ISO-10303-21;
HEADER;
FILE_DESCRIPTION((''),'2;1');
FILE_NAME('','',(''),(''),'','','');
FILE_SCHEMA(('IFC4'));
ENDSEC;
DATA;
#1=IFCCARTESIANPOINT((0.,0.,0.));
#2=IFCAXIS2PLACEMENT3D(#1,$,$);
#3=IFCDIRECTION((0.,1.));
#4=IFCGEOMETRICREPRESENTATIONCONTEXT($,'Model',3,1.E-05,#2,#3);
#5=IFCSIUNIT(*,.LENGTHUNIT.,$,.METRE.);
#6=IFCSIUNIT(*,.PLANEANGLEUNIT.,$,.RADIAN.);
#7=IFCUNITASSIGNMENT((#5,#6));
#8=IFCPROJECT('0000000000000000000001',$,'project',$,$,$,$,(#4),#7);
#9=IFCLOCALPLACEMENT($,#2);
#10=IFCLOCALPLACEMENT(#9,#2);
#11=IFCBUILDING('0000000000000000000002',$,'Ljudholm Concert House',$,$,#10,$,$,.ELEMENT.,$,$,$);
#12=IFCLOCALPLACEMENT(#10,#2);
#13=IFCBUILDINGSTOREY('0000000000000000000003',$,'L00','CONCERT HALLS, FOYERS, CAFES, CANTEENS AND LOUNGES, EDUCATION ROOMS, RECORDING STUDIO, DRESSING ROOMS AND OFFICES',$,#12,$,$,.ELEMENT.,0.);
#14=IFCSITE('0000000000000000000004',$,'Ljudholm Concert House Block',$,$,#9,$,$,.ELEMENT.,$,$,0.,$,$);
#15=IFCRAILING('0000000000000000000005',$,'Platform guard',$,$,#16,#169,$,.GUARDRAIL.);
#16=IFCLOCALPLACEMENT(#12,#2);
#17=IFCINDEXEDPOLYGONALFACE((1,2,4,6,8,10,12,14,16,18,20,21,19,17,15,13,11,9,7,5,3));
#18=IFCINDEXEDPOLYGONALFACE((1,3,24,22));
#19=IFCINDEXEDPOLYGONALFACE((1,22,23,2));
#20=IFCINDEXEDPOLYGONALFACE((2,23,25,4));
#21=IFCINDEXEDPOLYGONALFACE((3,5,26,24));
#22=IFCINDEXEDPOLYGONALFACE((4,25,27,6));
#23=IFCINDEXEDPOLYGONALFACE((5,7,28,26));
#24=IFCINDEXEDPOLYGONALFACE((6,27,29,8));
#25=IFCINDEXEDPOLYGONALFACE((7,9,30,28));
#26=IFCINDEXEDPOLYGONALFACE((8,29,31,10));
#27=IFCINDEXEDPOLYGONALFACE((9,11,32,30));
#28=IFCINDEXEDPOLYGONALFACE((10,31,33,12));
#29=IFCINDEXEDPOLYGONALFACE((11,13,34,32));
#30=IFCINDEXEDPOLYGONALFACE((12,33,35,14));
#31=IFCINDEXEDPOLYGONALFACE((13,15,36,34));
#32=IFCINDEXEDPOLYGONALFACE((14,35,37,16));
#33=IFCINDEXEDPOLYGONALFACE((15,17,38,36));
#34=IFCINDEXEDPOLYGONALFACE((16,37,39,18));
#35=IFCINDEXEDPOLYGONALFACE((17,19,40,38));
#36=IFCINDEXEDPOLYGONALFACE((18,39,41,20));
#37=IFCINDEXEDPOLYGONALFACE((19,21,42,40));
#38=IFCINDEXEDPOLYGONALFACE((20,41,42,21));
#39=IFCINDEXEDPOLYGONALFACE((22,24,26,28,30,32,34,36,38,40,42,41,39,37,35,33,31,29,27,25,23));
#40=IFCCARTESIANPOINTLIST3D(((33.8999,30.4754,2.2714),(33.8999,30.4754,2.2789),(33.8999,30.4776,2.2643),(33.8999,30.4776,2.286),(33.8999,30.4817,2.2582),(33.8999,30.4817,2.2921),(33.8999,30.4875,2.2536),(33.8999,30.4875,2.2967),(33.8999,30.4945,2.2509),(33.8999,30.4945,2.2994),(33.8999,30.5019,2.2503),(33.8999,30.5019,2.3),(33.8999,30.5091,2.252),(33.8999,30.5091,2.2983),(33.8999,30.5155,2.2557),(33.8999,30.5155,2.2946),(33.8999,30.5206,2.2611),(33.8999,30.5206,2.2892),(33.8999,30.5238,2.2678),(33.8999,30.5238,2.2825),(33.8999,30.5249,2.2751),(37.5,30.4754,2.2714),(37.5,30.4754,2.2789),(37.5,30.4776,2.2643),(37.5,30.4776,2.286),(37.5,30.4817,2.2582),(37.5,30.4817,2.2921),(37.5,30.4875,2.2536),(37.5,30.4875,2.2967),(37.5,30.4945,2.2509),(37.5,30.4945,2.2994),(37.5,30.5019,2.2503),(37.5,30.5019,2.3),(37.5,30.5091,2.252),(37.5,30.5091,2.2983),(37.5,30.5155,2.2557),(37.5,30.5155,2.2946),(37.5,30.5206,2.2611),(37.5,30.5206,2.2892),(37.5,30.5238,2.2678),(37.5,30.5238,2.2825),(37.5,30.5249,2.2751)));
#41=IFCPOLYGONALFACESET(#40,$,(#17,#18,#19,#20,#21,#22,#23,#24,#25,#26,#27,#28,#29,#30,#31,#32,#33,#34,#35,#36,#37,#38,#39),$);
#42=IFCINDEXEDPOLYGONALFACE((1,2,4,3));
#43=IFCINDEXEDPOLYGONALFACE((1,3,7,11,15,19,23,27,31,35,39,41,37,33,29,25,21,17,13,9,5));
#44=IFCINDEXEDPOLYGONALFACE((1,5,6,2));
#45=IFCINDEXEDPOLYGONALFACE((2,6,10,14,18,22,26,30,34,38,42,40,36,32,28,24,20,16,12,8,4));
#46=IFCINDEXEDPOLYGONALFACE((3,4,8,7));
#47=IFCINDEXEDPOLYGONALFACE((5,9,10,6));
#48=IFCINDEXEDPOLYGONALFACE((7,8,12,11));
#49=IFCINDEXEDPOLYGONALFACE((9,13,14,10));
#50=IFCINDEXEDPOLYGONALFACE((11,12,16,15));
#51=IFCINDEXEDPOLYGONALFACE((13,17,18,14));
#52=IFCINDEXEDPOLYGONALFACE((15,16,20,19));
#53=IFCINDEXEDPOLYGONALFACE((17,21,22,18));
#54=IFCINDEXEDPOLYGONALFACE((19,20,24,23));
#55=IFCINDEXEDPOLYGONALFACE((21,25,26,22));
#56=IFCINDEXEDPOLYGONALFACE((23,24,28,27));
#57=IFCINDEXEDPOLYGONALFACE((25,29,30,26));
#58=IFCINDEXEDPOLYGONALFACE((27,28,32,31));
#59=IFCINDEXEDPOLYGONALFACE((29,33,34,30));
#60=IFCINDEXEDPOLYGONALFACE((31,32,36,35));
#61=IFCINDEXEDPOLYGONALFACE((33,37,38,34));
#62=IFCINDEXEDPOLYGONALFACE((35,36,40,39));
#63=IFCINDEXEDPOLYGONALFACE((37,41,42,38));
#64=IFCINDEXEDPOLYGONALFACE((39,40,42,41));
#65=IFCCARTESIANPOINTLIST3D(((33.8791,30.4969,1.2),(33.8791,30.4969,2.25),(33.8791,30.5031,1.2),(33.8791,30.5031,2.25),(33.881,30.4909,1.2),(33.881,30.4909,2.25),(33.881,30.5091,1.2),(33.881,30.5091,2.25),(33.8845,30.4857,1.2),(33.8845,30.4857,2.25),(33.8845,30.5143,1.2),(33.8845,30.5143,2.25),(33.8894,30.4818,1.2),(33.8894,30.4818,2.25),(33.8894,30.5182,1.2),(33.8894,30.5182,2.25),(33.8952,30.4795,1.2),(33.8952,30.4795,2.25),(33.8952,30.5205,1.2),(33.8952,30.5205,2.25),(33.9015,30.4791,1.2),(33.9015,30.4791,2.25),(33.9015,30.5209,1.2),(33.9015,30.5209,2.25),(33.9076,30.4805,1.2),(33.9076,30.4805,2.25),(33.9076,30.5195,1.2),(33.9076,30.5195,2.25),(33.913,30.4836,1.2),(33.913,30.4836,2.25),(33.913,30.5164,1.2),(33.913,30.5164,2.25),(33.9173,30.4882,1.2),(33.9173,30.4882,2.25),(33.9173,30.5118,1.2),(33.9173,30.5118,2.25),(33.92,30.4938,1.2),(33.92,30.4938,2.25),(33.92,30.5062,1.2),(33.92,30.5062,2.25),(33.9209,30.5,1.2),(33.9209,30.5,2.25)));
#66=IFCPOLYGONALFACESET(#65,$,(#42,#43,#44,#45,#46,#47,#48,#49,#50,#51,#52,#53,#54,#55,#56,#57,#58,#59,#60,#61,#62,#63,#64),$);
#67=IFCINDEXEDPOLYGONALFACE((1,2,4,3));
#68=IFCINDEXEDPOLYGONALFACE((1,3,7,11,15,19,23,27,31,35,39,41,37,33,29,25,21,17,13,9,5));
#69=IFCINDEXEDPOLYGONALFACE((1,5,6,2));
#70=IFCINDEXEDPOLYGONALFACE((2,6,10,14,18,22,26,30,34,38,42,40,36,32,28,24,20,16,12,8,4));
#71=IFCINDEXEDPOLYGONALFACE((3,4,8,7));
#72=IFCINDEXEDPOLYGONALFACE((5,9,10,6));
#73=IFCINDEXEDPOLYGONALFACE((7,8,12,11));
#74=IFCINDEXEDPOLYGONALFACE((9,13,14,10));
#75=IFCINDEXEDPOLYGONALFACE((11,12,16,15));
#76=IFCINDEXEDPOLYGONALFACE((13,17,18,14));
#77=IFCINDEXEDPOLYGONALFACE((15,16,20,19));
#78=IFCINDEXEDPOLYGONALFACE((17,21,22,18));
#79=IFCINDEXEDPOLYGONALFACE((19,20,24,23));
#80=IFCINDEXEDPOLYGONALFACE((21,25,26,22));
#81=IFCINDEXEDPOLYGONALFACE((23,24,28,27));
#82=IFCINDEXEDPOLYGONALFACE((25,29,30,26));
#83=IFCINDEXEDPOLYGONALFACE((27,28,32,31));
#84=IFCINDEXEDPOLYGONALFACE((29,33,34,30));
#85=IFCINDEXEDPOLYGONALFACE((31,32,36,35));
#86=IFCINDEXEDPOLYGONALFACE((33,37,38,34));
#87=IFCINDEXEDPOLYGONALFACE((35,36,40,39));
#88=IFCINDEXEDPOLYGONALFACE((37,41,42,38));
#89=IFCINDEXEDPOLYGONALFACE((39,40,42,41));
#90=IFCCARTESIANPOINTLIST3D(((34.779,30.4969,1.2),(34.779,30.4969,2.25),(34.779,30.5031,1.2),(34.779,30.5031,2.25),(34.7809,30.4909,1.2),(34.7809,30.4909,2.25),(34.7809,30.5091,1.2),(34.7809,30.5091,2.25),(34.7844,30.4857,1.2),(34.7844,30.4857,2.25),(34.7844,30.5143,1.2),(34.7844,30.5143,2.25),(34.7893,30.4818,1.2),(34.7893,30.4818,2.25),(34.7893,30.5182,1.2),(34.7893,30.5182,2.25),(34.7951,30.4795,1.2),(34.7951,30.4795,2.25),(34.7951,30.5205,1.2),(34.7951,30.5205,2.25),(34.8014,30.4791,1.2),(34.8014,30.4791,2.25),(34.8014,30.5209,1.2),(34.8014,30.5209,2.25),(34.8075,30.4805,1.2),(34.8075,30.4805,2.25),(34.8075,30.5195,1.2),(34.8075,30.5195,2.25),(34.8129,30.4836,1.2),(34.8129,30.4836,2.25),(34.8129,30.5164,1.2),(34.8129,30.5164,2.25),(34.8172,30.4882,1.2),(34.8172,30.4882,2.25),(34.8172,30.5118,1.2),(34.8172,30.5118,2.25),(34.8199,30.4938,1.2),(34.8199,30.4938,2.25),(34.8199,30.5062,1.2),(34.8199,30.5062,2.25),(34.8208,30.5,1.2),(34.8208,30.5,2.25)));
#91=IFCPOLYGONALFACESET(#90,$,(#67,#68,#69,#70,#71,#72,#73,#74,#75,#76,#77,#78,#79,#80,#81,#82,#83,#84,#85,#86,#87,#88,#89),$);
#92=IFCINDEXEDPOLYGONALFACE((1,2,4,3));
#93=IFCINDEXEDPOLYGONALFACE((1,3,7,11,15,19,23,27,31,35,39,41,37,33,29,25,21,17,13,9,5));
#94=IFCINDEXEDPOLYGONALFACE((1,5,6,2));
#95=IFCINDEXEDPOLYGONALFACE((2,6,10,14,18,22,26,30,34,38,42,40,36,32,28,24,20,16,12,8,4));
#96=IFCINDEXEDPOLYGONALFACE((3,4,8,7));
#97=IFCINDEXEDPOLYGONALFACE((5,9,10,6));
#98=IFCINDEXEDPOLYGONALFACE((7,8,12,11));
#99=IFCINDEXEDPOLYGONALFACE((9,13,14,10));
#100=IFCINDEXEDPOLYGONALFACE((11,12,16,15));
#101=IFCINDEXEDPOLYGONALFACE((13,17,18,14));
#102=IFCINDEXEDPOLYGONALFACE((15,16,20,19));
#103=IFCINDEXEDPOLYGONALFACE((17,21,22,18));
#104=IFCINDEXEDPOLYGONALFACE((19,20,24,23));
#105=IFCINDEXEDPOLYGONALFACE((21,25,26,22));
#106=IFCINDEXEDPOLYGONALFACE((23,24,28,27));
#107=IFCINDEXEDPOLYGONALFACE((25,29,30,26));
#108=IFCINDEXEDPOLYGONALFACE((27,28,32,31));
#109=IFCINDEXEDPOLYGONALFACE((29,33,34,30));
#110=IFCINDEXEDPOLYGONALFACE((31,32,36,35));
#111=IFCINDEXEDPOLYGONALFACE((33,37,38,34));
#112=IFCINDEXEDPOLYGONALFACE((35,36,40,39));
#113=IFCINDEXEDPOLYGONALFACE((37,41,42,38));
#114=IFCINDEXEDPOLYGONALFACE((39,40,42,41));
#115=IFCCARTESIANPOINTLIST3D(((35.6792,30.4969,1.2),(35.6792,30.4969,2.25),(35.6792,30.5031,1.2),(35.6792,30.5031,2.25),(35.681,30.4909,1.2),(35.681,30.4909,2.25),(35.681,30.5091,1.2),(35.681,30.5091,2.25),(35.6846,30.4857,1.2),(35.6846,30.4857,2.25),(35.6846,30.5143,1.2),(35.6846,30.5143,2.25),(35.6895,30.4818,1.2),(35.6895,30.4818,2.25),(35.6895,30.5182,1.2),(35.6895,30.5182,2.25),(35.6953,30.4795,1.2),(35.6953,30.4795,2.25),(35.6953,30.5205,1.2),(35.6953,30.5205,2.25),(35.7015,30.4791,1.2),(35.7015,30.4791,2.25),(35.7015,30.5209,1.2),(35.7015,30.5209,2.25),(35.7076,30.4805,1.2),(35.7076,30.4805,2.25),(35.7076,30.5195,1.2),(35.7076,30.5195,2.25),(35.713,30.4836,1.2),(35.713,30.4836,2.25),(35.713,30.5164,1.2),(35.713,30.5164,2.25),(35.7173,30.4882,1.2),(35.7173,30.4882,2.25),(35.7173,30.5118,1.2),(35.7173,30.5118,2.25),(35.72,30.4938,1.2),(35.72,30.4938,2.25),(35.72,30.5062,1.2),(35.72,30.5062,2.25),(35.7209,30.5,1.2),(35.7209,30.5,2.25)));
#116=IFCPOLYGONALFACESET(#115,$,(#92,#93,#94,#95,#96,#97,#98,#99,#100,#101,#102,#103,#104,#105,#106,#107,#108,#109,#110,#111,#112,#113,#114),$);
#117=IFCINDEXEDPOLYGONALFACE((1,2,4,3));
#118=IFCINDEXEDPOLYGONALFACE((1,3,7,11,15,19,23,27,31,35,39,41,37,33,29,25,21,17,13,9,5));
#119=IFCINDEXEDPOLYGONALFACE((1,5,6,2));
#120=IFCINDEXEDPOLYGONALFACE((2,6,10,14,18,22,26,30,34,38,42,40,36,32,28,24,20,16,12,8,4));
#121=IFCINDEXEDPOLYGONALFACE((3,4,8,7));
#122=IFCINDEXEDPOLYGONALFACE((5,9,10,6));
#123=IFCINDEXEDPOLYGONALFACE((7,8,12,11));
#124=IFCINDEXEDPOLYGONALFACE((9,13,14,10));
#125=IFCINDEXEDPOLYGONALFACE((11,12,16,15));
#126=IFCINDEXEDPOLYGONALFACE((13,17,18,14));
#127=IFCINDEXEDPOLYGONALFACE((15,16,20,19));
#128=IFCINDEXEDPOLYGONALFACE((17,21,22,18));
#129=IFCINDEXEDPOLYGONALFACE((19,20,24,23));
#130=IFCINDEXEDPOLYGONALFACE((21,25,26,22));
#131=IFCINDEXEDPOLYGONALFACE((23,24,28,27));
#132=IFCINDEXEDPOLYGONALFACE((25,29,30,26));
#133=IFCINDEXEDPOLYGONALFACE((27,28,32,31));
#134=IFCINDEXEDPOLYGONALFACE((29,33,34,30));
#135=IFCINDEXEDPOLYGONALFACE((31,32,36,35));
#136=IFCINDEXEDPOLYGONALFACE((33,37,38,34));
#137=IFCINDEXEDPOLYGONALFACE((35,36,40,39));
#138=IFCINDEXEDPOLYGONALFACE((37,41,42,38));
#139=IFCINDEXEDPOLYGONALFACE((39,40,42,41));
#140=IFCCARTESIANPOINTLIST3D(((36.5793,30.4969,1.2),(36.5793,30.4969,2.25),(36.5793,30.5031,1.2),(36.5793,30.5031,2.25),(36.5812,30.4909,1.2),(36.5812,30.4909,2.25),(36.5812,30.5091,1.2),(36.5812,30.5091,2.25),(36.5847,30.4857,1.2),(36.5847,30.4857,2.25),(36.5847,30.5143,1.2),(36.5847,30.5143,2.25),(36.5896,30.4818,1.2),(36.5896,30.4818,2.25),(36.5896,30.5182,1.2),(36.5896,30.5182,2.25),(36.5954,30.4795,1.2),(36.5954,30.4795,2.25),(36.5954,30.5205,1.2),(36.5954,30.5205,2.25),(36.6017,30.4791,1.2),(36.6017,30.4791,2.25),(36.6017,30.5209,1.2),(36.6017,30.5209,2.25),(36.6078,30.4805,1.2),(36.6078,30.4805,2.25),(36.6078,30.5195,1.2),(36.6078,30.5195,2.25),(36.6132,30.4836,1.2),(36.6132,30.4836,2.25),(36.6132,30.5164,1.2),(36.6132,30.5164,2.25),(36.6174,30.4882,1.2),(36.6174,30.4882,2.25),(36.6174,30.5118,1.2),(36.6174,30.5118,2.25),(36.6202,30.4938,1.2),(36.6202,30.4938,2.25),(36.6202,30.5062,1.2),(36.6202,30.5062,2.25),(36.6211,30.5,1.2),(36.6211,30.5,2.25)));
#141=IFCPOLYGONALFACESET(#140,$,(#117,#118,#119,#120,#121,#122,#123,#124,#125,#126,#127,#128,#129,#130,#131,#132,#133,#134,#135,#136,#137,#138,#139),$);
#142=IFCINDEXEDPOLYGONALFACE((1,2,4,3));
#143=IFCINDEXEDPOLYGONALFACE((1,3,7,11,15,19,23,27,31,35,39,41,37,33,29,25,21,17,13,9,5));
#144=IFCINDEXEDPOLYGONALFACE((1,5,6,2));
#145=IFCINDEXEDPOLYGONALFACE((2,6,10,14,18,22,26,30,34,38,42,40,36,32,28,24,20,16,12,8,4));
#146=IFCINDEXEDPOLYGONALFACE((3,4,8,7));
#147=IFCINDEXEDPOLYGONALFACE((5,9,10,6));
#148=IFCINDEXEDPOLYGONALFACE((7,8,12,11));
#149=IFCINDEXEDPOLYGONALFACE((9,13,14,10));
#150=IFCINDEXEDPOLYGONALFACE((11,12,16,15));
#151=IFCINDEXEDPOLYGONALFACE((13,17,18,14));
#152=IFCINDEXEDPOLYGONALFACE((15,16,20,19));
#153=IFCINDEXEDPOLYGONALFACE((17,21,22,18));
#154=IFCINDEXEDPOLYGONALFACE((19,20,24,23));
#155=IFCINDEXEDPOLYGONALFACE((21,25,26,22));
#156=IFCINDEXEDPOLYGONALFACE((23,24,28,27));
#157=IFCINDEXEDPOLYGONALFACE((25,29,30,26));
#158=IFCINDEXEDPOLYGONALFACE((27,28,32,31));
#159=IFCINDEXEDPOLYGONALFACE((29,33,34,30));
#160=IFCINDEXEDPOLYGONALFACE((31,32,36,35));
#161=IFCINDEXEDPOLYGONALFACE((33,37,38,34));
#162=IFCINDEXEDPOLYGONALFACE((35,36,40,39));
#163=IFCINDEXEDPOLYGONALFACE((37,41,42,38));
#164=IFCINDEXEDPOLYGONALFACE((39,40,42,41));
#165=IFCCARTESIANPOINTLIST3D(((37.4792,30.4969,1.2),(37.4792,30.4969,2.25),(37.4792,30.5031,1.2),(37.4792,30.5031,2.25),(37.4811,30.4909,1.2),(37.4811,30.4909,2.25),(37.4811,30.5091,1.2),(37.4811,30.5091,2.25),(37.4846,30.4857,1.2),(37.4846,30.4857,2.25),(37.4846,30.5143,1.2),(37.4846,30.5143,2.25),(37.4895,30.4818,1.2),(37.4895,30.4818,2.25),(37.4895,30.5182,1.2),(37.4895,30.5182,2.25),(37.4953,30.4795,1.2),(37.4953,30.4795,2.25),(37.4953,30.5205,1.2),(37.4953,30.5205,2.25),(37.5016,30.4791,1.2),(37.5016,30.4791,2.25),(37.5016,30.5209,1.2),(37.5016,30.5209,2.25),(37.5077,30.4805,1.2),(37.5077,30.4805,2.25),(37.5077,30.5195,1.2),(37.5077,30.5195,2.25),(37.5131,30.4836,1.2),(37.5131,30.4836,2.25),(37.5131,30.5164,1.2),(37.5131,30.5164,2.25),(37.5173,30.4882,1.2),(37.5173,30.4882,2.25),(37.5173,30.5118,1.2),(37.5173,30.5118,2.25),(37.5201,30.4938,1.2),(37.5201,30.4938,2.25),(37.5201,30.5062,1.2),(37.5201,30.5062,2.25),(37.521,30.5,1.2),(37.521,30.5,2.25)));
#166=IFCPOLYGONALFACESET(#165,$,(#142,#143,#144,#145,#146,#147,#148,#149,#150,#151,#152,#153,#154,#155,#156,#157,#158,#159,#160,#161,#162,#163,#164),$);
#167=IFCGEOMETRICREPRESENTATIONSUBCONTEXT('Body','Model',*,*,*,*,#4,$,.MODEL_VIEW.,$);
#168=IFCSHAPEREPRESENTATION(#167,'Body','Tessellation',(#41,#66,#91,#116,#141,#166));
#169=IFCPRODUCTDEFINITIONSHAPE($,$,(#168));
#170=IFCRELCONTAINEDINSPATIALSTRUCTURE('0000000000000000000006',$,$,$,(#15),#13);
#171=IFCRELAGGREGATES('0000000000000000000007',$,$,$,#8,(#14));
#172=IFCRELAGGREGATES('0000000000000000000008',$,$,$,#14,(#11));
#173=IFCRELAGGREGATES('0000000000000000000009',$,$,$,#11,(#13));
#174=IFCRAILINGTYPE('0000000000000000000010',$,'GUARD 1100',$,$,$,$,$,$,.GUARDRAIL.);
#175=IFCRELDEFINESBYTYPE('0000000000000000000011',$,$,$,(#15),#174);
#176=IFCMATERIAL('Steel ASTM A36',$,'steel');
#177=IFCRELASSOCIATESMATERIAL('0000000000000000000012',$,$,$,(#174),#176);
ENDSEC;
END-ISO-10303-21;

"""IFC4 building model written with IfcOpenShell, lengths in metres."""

from ifc_helpers import new_model, si_unit, direction, frame, origin, origin_2d, place, context, subcontext, project, spatial, circle, extrude, material, type_object, element, save


model = new_model("IFC4")

# Units and contexts
model_context = context("Model", 3, precision=1e-05, world=origin(), true_north=direction((0.0, 1.0)))
body_context = subcontext(model_context, "Body", "Model", "MODEL_VIEW")
ifc_project = project(units=[si_unit("LENGTHUNIT", "METRE"), si_unit("PLANEANGLEUNIT", "RADIAN")], contexts=[model_context])

# Site, building, storey
site_placement = place(None, origin())
site = spatial("IfcSite", under=ifc_project, at=site_placement, Name="Ljudholm Concert House Block", CompositionType="ELEMENT", RefElevation=0.0)
building_placement = place(site_placement, origin())
building = spatial("IfcBuilding", under=site, at=building_placement, Name="Ljudholm Concert House", CompositionType="ELEMENT")
storey_placement = place(building_placement, origin())
storey = spatial("IfcBuildingStorey", under=building, at=storey_placement, Name="L00", Description="CONCERT HALLS, FOYERS, CAFES, CANTEENS AND LOUNGES, EDUCATION ROOMS, RECORDING STUDIO, DRESSING ROOMS AND OFFICES", CompositionType="ELEMENT", Elevation=0.0)

# Railing
ifc_material_1 = material(Name="Steel ASTM A36", Category="steel")
railing_type_1 = type_object("IfcRailingType", Name="GUARD 1100", PredefinedType="GUARDRAIL", material=ifc_material_1)
railing_1_placement = place(storey_placement, frame((33.8999, 30.5, 1.2)))
element("IfcRailing", 1, at=railing_1_placement, inside=storey, type_object=railing_type_1, Name="Platform guard", PredefinedType="GUARDRAIL", context=body_context, shape_type="SweptSolid", body=[
    extrude(circle(Radius=0.0249, at=origin_2d()), frame((0.0, 0.0, 1.0752), z_axis=(1.0, 0.0, 0.0), x_axis=(0.0, 1.0, 0.0)), (0.0, 0.0, 1.0), 3.6001),
    extrude(circle(Radius=0.021, at=origin_2d()), origin(), (0.0, 0.0, 1.0), 1.05),
    extrude(circle(Radius=0.021, at=origin_2d()), frame((0.8999, 0.0, 0.0)), (0.0, 0.0, 1.0), 1.05),
    extrude(circle(Radius=0.021, at=origin_2d()), frame((1.8, 0.0, 0.0)), (0.0, 0.0, 1.0), 1.05),
    extrude(circle(Radius=0.021, at=origin_2d()), frame((2.7002, 0.0, 0.0)), (0.0, 0.0, 1.0), 1.05),
    extrude(circle(Radius=0.021, at=origin_2d()), frame((3.6001, 0.0, 0.0)), (0.0, 0.0, 1.0), 1.05),
])

save(model, "model.ifc")
